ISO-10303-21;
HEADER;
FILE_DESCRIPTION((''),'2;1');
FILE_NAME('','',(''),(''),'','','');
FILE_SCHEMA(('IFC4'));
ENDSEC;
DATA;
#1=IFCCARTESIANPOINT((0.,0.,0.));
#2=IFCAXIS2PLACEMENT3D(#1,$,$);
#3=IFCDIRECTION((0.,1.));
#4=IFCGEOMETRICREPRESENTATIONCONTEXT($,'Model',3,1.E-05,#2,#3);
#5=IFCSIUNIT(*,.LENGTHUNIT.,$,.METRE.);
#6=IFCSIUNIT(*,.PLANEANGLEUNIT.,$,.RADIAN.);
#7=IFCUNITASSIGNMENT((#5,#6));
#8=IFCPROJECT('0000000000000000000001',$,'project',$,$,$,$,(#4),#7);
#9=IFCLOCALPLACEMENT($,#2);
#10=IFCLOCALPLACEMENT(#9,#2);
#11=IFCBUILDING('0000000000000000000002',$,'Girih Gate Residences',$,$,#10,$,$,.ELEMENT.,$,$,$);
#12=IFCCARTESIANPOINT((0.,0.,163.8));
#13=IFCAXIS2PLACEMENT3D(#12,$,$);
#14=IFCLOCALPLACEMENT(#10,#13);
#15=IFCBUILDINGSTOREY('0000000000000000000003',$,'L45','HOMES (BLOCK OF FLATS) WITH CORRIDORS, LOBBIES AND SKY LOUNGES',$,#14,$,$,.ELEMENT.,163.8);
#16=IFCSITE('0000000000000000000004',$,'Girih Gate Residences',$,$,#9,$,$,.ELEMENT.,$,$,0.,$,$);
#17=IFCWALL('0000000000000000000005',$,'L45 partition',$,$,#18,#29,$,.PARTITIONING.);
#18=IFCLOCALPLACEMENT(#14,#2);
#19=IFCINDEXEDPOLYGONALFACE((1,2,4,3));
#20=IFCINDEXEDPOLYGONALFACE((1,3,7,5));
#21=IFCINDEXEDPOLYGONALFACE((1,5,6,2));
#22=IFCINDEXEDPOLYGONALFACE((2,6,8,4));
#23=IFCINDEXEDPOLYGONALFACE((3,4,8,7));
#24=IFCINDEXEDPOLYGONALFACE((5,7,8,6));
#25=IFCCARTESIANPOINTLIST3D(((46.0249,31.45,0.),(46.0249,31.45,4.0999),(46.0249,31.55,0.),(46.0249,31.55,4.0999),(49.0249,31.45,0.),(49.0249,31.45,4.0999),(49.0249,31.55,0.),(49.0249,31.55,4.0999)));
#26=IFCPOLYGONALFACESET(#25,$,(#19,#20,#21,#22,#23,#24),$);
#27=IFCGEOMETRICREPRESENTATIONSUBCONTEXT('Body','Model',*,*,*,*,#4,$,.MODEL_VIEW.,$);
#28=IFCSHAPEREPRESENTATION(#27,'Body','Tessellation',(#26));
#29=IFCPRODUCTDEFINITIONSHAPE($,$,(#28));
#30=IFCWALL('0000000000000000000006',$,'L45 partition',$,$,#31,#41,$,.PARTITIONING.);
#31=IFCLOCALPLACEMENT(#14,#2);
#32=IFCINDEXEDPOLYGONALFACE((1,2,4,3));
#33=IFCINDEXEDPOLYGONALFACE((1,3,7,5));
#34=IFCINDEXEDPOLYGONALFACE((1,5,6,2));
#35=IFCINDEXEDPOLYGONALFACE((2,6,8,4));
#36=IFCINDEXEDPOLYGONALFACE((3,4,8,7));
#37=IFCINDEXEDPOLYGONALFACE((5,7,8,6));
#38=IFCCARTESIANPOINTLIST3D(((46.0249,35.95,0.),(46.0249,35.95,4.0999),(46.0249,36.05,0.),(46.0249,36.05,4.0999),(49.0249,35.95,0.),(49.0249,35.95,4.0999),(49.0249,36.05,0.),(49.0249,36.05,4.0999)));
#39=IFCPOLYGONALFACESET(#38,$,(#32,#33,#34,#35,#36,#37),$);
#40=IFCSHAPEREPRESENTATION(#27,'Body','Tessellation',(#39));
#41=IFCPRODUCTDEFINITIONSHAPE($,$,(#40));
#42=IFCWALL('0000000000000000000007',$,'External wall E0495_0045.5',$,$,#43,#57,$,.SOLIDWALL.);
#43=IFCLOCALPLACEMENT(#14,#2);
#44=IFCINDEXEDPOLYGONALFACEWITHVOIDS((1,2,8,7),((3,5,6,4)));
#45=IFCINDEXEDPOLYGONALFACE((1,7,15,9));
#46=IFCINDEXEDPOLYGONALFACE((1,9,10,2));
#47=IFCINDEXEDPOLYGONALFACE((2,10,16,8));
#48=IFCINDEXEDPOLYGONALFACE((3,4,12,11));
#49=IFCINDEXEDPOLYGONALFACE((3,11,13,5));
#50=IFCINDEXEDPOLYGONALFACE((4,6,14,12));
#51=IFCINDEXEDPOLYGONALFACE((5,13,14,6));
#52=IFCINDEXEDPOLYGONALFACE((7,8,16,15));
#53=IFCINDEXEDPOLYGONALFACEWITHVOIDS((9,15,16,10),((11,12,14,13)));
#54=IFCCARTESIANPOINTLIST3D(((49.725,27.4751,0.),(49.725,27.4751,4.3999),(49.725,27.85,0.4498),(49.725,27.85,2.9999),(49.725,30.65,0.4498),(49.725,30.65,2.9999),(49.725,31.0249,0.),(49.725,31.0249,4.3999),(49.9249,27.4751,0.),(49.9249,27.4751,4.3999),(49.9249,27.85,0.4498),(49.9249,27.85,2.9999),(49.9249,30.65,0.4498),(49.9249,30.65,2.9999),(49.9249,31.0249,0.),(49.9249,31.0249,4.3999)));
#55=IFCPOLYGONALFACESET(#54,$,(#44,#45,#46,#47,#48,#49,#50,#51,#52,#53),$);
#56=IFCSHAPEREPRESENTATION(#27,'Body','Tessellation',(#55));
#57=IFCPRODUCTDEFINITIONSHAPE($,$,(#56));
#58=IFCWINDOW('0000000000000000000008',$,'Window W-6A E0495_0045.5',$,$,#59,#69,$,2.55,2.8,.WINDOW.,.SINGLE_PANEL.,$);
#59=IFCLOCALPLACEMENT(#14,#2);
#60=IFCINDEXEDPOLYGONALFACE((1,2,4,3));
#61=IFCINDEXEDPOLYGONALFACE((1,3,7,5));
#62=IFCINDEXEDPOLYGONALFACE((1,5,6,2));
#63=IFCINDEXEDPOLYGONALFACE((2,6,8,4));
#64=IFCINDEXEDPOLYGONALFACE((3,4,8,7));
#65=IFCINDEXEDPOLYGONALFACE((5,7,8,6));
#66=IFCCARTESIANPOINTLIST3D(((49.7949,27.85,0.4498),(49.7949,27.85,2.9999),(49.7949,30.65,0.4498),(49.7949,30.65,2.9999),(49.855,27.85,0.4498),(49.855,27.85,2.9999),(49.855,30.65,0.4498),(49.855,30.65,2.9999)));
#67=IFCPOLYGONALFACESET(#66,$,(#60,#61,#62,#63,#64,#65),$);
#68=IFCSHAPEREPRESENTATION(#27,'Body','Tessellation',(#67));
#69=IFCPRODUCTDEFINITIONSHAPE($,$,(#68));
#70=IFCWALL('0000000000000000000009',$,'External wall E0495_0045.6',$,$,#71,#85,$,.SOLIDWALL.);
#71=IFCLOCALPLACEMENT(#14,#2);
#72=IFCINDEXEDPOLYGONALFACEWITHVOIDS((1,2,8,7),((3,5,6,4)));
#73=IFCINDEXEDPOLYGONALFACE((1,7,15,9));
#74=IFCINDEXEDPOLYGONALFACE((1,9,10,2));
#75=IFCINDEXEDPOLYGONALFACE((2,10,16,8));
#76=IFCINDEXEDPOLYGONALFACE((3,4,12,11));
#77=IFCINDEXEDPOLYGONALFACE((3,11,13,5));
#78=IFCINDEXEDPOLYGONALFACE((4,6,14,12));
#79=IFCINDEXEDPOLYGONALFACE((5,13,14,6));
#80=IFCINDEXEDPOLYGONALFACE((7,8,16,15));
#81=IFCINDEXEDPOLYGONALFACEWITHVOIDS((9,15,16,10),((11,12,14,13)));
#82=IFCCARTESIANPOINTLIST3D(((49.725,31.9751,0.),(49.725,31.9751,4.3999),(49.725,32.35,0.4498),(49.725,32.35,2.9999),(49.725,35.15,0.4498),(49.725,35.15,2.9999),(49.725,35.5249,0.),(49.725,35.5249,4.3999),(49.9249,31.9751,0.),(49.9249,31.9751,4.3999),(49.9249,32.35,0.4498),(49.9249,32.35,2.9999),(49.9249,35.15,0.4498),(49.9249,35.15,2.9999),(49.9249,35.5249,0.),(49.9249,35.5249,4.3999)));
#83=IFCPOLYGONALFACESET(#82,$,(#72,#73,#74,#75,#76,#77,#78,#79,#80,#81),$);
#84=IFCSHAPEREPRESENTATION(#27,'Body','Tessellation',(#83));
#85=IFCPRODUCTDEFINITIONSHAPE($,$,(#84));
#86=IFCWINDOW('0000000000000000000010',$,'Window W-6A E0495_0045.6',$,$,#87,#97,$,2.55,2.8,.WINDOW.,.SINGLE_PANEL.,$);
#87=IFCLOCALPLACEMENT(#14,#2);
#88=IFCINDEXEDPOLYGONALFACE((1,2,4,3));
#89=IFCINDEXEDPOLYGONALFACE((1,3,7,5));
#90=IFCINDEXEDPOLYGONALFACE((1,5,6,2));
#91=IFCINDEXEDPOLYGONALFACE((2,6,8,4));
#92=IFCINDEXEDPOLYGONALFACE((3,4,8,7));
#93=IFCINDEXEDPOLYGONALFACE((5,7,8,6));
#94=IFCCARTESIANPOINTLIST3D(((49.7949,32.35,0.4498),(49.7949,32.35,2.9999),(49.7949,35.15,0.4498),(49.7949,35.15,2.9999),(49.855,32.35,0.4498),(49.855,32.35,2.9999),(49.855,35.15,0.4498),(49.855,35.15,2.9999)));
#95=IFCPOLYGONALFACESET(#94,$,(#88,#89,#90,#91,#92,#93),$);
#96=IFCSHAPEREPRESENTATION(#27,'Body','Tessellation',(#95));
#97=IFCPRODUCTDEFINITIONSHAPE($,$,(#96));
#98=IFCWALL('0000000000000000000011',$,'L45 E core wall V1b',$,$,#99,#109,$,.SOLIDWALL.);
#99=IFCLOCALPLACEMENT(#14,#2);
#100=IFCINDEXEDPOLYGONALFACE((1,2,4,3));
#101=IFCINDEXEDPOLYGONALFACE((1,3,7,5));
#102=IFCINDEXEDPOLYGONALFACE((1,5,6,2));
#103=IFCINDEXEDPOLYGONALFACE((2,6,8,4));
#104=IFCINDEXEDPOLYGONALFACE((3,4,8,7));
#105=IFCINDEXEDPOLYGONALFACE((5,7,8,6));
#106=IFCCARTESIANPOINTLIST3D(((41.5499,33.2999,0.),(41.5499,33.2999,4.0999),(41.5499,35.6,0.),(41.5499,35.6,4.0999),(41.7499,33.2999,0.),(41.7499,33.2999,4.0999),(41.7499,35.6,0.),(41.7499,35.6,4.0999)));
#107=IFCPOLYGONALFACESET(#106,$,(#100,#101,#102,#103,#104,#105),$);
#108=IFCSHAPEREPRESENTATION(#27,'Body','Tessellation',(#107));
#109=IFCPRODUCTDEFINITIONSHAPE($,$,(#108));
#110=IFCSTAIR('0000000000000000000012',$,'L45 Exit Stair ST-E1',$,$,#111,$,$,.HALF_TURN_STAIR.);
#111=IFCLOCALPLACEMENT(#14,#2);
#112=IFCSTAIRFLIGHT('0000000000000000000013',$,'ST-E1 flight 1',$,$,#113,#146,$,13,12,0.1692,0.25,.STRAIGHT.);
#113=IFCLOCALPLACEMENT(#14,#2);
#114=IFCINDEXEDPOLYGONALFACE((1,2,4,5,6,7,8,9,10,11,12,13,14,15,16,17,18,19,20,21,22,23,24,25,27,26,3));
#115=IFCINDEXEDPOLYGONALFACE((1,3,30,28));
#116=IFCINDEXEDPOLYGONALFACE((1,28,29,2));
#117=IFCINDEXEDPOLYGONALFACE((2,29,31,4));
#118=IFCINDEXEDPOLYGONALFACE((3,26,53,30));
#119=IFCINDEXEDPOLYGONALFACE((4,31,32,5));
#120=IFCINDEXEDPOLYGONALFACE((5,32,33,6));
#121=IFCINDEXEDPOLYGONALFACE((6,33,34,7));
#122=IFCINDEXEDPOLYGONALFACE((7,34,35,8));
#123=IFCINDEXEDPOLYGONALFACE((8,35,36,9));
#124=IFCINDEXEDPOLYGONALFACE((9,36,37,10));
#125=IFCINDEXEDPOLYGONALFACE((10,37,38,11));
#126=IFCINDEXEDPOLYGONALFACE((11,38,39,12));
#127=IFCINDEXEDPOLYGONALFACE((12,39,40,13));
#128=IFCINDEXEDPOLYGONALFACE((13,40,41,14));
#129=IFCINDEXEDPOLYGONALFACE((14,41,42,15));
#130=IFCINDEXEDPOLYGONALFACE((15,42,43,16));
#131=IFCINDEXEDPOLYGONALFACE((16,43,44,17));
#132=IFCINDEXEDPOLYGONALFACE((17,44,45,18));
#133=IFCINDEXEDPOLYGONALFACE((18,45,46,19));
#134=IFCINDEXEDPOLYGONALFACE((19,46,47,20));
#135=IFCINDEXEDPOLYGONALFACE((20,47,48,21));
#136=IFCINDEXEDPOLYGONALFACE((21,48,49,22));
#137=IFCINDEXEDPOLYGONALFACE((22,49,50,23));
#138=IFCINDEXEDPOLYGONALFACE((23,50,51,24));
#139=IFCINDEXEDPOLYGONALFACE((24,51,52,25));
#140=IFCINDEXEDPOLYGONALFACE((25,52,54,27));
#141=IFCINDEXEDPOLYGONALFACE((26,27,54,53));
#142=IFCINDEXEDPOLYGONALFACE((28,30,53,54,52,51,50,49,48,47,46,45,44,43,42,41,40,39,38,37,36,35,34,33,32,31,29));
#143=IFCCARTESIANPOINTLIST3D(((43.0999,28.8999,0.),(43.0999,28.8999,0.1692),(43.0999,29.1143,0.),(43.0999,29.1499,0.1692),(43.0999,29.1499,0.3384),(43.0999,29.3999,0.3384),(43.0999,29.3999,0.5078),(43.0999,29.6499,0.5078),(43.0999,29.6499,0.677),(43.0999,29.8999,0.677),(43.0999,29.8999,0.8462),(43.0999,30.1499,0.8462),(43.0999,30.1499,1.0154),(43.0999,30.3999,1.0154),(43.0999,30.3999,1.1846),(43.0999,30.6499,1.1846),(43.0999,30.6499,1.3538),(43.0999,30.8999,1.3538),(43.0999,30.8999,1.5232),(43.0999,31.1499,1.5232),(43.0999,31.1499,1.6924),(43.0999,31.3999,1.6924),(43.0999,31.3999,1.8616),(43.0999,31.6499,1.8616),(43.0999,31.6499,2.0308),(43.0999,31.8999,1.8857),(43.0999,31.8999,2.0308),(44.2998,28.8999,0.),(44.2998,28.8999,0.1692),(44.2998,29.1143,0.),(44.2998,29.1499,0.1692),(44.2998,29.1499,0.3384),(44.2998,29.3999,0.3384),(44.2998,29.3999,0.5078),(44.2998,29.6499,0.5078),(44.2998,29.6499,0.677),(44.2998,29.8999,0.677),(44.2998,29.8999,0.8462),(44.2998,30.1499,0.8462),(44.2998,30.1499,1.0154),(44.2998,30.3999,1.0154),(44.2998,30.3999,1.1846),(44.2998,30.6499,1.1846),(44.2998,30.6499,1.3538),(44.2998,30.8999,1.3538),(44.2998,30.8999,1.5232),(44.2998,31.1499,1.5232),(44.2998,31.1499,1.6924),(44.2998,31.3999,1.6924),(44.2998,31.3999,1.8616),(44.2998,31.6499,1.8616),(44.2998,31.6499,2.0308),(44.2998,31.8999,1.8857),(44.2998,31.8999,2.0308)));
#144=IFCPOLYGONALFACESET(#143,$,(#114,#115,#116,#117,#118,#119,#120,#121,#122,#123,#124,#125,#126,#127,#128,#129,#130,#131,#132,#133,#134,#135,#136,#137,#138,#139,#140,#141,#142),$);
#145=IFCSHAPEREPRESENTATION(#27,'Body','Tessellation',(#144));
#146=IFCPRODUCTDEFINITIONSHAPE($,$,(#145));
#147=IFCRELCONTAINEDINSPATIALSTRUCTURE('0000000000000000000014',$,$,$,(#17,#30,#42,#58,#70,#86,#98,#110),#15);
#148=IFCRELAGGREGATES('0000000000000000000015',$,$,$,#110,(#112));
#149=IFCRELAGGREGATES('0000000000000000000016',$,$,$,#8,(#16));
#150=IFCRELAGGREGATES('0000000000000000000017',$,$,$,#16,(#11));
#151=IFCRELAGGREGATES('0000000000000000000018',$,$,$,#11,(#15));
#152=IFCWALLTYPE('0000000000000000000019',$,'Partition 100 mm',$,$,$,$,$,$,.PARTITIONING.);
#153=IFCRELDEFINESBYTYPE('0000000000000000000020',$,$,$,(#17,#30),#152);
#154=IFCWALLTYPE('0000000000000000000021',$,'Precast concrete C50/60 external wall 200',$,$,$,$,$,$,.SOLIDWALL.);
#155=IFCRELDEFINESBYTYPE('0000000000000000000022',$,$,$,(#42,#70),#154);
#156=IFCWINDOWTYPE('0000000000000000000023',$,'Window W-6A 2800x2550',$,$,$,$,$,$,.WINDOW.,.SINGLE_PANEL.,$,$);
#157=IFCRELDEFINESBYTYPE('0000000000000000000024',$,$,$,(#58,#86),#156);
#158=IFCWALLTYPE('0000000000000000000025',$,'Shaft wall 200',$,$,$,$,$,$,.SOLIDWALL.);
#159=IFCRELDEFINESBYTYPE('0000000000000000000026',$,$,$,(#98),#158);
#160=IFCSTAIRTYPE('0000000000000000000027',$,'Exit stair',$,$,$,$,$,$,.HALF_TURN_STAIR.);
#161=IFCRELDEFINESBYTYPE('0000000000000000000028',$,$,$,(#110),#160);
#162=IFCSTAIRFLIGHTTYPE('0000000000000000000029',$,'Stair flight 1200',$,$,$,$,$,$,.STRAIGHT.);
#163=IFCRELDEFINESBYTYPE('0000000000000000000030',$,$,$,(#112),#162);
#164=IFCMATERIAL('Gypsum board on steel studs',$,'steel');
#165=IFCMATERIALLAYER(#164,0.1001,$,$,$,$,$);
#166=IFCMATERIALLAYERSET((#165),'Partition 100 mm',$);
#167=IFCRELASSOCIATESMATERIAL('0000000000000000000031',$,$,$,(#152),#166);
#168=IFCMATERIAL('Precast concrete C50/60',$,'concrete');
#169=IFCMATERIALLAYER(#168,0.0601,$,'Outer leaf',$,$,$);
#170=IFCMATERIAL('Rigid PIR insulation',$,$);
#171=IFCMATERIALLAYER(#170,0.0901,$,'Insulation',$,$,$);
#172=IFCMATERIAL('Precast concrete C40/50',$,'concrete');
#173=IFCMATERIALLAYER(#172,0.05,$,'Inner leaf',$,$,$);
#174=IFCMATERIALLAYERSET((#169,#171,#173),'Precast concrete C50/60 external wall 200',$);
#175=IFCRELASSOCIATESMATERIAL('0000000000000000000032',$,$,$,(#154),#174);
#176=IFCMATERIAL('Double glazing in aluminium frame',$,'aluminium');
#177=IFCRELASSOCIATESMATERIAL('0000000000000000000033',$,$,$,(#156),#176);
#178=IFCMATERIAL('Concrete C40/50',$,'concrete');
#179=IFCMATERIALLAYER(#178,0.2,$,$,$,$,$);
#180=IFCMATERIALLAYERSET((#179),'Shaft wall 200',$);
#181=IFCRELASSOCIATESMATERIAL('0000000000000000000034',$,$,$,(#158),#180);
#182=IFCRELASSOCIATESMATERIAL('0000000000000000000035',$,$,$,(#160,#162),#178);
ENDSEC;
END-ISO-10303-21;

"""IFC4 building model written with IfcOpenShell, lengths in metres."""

from ifc_helpers import new_model, si_unit, direction, frame, frame_2d, origin, place, context, subcontext, project, spatial, polyline, rectangle, outline, extrude, material, layer, layer_set, type_object, element, fill, aggregate, save


model = new_model("IFC4")

# Units and contexts
model_context = context("Model", 3, precision=1e-05, world=origin(), true_north=direction((0.0, 1.0)))
body_context = subcontext(model_context, "Body", "Model", "MODEL_VIEW")
ifc_project = project(units=[si_unit("LENGTHUNIT", "METRE"), si_unit("PLANEANGLEUNIT", "RADIAN")], contexts=[model_context])

# Site, building, storey
site_placement = place(None, origin())
site = spatial("IfcSite", under=ifc_project, at=site_placement, Name="Girih Gate Residences", CompositionType="ELEMENT", RefElevation=0.0)
building_placement = place(site_placement, origin())
building = spatial("IfcBuilding", under=site, at=building_placement, Name="Girih Gate Residences", CompositionType="ELEMENT")
storey_placement = place(building_placement, frame((0.0, 0.0, 163.8)))
storey = spatial("IfcBuildingStorey", under=building, at=storey_placement, Name="L45", Description="HOMES (BLOCK OF FLATS) WITH CORRIDORS, LOBBIES AND SKY LOUNGES", CompositionType="ELEMENT", Elevation=163.8)

# Shared definitions
ifc_material_1 = material(Name="Gypsum board on steel studs", Category="steel")

# Walls
ifc_layer_1 = layer(ifc_material_1, 0.1001)
ifc_layer_set_1 = layer_set([ifc_layer_1], Name="Partition 100 mm")
wall_type_1 = type_object("IfcWallType", Name="Partition 100 mm", PredefinedType="PARTITIONING", material=ifc_layer_set_1)
for number, where, z_axis, x_axis, name in (
    (1, (46.0249, 31.5, 0.0), (0.0, 0.0, 1.0), (1.0, 0.0, 0.0), "L45 partition"),
    (2, (46.0249, 36.0, 0.0), (0.0, 0.0, 1.0), (1.0, 0.0, 0.0), "L45 partition"),
):
    element("IfcWall", number, at=place(storey_placement, frame(where, z_axis=z_axis, x_axis=x_axis)), inside=storey, type_object=wall_type_1, Name=name, PredefinedType="PARTITIONING", context=body_context, shape_type="SweptSolid", body=[
        extrude(rectangle(XDim=3.0, YDim=0.1001, at=frame_2d((1.5, 0.0))), origin(), (0.0, 0.0, 1.0), 4.0999),
    ])

# Walls, openings, windows
ifc_material_2 = material(Name="Precast concrete C50/60", Category="concrete")
ifc_layer_2 = layer(ifc_material_2, 0.0601, Name="Outer leaf")
ifc_material_3 = material(Name="Rigid PIR insulation")
ifc_layer_3 = layer(ifc_material_3, 0.0901, Name="Insulation")
ifc_material_4 = material(Name="Precast concrete C40/50", Category="concrete")
ifc_layer_4 = layer(ifc_material_4, 0.05, Name="Inner leaf")
ifc_layer_set_2 = layer_set([ifc_layer_2, ifc_layer_3, ifc_layer_4], Name="Precast concrete C50/60 external wall 200")
wall_type_2 = type_object("IfcWallType", Name="Precast concrete C50/60 external wall 200", PredefinedType="SOLIDWALL", material=ifc_layer_set_2)
wall_1_placement = place(storey_placement, frame((49.825, 31.0249, 0.0), z_axis=(0.0, 0.0, 1.0), x_axis=(0.0, -1.0, 0.0)))
wall_1 = element("IfcWall", 3, at=wall_1_placement, inside=storey, type_object=wall_type_2, Name="External wall E0495_0045.5", PredefinedType="SOLIDWALL", context=body_context, shape_type="SweptSolid", body=[
    extrude(rectangle(XDim=3.5498, YDim=0.2, at=frame_2d((1.7749, 0.0))), origin(), (0.0, 0.0, 1.0), 4.3999),
])
opening_1_placement = place(wall_1_placement, frame((0.375, 0.0, 0.45)))
opening_1 = element("IfcOpeningElement", 4, at=opening_1_placement, cuts=wall_1, PredefinedType="OPENING", context=body_context, shape_type="SweptSolid", body=[
    extrude(rectangle(XDim=2.8, YDim=2.55, at=frame_2d((1.3999, 1.2749))), frame((0.0, 0.1099, 0.0), z_axis=(0.0, -1.0, 0.0), x_axis=(1.0, 0.0, 0.0)), (0.0, 0.0, 1.0), 0.22),
])
ifc_material_5 = material(Name="Double glazing in aluminium frame", Category="aluminium")
window_type = type_object("IfcWindowType", Name="Window W-6A 2800x2550", PartitioningType="SINGLE_PANEL", PredefinedType="WINDOW", material=ifc_material_5)
window_1_placement = place(opening_1_placement, origin())
window_1 = element("IfcWindow", 5, at=window_1_placement, inside=storey, type_object=window_type, Name="Window W-6A E0495_0045.5", OverallHeight=2.55, OverallWidth=2.8, PartitioningType="SINGLE_PANEL", PredefinedType="WINDOW", context=body_context, shape_type="SweptSolid", body=[
    extrude(rectangle(XDim=2.8, YDim=2.55, at=frame_2d((1.3999, 1.2749))), frame((0.0, 0.03, 0.0), z_axis=(0.0, -1.0, 0.0), x_axis=(1.0, 0.0, 0.0)), (0.0, 0.0, 1.0), 0.0601),
])
fill(opening_1, window_1)
wall_2_placement = place(storey_placement, frame((49.825, 35.5249, 0.0), z_axis=(0.0, 0.0, 1.0), x_axis=(0.0, -1.0, 0.0)))
wall_2 = element("IfcWall", 6, at=wall_2_placement, inside=storey, type_object=wall_type_2, Name="External wall E0495_0045.6", PredefinedType="SOLIDWALL", context=body_context, shape_type="SweptSolid", body=[
    extrude(rectangle(XDim=3.5498, YDim=0.2, at=frame_2d((1.7749, 0.0))), origin(), (0.0, 0.0, 1.0), 4.3999),
])
opening_2_placement = place(wall_2_placement, frame((0.375, 0.0, 0.45)))
opening_2 = element("IfcOpeningElement", 7, at=opening_2_placement, cuts=wall_2, PredefinedType="OPENING", context=body_context, shape_type="SweptSolid", body=[
    extrude(rectangle(XDim=2.8, YDim=2.55, at=frame_2d((1.3999, 1.2749))), frame((0.0, 0.1099, 0.0), z_axis=(0.0, -1.0, 0.0), x_axis=(1.0, 0.0, 0.0)), (0.0, 0.0, 1.0), 0.22),
])
window_2_placement = place(opening_2_placement, origin())
window_2 = element("IfcWindow", 8, at=window_2_placement, inside=storey, type_object=window_type, Name="Window W-6A E0495_0045.6", OverallHeight=2.55, OverallWidth=2.8, PartitioningType="SINGLE_PANEL", PredefinedType="WINDOW", context=body_context, shape_type="SweptSolid", body=[
    extrude(rectangle(XDim=2.8, YDim=2.55, at=frame_2d((1.3999, 1.2749))), frame((0.0, 0.03, 0.0), z_axis=(0.0, -1.0, 0.0), x_axis=(1.0, 0.0, 0.0)), (0.0, 0.0, 1.0), 0.0601),
])
fill(opening_2, window_2)

# Wall
ifc_material_6 = material(Name="Concrete C40/50", Category="concrete")
ifc_layer_5 = layer(ifc_material_6, 0.2)
ifc_layer_set_3 = layer_set([ifc_layer_5], Name="Shaft wall 200")
wall_type_3 = type_object("IfcWallType", Name="Shaft wall 200", PredefinedType="SOLIDWALL", material=ifc_layer_set_3)
wall_3_placement = place(storey_placement, frame((41.6499, 33.3, 0.0), z_axis=(0.0, 0.0, 1.0), x_axis=(0.0, 1.0, 0.0)))
element("IfcWall", 9, at=wall_3_placement, inside=storey, type_object=wall_type_3, Name="L45 E core wall V1b", PredefinedType="SOLIDWALL", context=body_context, shape_type="SweptSolid", body=[
    extrude(rectangle(XDim=2.3, YDim=0.2, at=frame_2d((1.1499, 0.0))), origin(), (0.0, 0.0, 1.0), 4.0999),
])

# Stair, stair flight
stair_type = type_object("IfcStairType", Name="Exit stair", PredefinedType="HALF_TURN_STAIR", material=ifc_material_6)
stair_placement = place(storey_placement, origin())
stair = element("IfcStair", 10, at=stair_placement, inside=storey, type_object=stair_type, Name="L45 Exit Stair ST-E1", PredefinedType="HALF_TURN_STAIR")
stair_flight_type = type_object("IfcStairFlightType", Name="Stair flight 1200", PredefinedType="STRAIGHT", material=ifc_material_6)
stair_flight_1_placement = place(storey_placement, frame((43.7, 28.8999, 0.0), z_axis=(0.0, 0.0, 1.0), x_axis=(0.0, 1.0, 0.0)))
stair_flight_1 = element("IfcStairFlight", 11, at=stair_flight_1_placement, type_object=stair_flight_type, Name="ST-E1 flight 1", NumberOfRisers=13, NumberOfTreads=12, PredefinedType="STRAIGHT", RiserHeight=0.1692, TreadLength=0.25, context=body_context, shape_type="SweptSolid", body=[
    extrude(outline(polyline([(0.0, 0.0), (0.0, 0.1692), (0.25, 0.1692), (0.25, 0.3384), (0.5, 0.3384), (0.5, 0.5078), (0.75, 0.5078), (0.75, 0.677), (1.0, 0.677), (1.0, 0.8462), (1.25, 0.8462), (1.25, 1.0154), (1.5, 1.0154), (1.5, 1.1846), (1.75, 1.1846), (1.75, 1.3538), (2.0, 1.3538), (2.0, 1.5232), (2.25, 1.5232), (2.25, 1.6924), (2.5, 1.6924), (2.5, 1.8616), (2.75, 1.8616), (2.75, 2.0308), (3.0, 2.0308), (3.0, 2.2), (3.0, 1.8857), (0.2144, 0.0), (0.0, 0.0)])), frame((0.0, 0.6001, 0.0), z_axis=(0.0, -1.0, 0.0), x_axis=(1.0, 0.0, 0.0)), (0.0, 0.0, 1.0), 1.2),
])
aggregate(stair, [stair_flight_1])

save(model, "model.ifc")
